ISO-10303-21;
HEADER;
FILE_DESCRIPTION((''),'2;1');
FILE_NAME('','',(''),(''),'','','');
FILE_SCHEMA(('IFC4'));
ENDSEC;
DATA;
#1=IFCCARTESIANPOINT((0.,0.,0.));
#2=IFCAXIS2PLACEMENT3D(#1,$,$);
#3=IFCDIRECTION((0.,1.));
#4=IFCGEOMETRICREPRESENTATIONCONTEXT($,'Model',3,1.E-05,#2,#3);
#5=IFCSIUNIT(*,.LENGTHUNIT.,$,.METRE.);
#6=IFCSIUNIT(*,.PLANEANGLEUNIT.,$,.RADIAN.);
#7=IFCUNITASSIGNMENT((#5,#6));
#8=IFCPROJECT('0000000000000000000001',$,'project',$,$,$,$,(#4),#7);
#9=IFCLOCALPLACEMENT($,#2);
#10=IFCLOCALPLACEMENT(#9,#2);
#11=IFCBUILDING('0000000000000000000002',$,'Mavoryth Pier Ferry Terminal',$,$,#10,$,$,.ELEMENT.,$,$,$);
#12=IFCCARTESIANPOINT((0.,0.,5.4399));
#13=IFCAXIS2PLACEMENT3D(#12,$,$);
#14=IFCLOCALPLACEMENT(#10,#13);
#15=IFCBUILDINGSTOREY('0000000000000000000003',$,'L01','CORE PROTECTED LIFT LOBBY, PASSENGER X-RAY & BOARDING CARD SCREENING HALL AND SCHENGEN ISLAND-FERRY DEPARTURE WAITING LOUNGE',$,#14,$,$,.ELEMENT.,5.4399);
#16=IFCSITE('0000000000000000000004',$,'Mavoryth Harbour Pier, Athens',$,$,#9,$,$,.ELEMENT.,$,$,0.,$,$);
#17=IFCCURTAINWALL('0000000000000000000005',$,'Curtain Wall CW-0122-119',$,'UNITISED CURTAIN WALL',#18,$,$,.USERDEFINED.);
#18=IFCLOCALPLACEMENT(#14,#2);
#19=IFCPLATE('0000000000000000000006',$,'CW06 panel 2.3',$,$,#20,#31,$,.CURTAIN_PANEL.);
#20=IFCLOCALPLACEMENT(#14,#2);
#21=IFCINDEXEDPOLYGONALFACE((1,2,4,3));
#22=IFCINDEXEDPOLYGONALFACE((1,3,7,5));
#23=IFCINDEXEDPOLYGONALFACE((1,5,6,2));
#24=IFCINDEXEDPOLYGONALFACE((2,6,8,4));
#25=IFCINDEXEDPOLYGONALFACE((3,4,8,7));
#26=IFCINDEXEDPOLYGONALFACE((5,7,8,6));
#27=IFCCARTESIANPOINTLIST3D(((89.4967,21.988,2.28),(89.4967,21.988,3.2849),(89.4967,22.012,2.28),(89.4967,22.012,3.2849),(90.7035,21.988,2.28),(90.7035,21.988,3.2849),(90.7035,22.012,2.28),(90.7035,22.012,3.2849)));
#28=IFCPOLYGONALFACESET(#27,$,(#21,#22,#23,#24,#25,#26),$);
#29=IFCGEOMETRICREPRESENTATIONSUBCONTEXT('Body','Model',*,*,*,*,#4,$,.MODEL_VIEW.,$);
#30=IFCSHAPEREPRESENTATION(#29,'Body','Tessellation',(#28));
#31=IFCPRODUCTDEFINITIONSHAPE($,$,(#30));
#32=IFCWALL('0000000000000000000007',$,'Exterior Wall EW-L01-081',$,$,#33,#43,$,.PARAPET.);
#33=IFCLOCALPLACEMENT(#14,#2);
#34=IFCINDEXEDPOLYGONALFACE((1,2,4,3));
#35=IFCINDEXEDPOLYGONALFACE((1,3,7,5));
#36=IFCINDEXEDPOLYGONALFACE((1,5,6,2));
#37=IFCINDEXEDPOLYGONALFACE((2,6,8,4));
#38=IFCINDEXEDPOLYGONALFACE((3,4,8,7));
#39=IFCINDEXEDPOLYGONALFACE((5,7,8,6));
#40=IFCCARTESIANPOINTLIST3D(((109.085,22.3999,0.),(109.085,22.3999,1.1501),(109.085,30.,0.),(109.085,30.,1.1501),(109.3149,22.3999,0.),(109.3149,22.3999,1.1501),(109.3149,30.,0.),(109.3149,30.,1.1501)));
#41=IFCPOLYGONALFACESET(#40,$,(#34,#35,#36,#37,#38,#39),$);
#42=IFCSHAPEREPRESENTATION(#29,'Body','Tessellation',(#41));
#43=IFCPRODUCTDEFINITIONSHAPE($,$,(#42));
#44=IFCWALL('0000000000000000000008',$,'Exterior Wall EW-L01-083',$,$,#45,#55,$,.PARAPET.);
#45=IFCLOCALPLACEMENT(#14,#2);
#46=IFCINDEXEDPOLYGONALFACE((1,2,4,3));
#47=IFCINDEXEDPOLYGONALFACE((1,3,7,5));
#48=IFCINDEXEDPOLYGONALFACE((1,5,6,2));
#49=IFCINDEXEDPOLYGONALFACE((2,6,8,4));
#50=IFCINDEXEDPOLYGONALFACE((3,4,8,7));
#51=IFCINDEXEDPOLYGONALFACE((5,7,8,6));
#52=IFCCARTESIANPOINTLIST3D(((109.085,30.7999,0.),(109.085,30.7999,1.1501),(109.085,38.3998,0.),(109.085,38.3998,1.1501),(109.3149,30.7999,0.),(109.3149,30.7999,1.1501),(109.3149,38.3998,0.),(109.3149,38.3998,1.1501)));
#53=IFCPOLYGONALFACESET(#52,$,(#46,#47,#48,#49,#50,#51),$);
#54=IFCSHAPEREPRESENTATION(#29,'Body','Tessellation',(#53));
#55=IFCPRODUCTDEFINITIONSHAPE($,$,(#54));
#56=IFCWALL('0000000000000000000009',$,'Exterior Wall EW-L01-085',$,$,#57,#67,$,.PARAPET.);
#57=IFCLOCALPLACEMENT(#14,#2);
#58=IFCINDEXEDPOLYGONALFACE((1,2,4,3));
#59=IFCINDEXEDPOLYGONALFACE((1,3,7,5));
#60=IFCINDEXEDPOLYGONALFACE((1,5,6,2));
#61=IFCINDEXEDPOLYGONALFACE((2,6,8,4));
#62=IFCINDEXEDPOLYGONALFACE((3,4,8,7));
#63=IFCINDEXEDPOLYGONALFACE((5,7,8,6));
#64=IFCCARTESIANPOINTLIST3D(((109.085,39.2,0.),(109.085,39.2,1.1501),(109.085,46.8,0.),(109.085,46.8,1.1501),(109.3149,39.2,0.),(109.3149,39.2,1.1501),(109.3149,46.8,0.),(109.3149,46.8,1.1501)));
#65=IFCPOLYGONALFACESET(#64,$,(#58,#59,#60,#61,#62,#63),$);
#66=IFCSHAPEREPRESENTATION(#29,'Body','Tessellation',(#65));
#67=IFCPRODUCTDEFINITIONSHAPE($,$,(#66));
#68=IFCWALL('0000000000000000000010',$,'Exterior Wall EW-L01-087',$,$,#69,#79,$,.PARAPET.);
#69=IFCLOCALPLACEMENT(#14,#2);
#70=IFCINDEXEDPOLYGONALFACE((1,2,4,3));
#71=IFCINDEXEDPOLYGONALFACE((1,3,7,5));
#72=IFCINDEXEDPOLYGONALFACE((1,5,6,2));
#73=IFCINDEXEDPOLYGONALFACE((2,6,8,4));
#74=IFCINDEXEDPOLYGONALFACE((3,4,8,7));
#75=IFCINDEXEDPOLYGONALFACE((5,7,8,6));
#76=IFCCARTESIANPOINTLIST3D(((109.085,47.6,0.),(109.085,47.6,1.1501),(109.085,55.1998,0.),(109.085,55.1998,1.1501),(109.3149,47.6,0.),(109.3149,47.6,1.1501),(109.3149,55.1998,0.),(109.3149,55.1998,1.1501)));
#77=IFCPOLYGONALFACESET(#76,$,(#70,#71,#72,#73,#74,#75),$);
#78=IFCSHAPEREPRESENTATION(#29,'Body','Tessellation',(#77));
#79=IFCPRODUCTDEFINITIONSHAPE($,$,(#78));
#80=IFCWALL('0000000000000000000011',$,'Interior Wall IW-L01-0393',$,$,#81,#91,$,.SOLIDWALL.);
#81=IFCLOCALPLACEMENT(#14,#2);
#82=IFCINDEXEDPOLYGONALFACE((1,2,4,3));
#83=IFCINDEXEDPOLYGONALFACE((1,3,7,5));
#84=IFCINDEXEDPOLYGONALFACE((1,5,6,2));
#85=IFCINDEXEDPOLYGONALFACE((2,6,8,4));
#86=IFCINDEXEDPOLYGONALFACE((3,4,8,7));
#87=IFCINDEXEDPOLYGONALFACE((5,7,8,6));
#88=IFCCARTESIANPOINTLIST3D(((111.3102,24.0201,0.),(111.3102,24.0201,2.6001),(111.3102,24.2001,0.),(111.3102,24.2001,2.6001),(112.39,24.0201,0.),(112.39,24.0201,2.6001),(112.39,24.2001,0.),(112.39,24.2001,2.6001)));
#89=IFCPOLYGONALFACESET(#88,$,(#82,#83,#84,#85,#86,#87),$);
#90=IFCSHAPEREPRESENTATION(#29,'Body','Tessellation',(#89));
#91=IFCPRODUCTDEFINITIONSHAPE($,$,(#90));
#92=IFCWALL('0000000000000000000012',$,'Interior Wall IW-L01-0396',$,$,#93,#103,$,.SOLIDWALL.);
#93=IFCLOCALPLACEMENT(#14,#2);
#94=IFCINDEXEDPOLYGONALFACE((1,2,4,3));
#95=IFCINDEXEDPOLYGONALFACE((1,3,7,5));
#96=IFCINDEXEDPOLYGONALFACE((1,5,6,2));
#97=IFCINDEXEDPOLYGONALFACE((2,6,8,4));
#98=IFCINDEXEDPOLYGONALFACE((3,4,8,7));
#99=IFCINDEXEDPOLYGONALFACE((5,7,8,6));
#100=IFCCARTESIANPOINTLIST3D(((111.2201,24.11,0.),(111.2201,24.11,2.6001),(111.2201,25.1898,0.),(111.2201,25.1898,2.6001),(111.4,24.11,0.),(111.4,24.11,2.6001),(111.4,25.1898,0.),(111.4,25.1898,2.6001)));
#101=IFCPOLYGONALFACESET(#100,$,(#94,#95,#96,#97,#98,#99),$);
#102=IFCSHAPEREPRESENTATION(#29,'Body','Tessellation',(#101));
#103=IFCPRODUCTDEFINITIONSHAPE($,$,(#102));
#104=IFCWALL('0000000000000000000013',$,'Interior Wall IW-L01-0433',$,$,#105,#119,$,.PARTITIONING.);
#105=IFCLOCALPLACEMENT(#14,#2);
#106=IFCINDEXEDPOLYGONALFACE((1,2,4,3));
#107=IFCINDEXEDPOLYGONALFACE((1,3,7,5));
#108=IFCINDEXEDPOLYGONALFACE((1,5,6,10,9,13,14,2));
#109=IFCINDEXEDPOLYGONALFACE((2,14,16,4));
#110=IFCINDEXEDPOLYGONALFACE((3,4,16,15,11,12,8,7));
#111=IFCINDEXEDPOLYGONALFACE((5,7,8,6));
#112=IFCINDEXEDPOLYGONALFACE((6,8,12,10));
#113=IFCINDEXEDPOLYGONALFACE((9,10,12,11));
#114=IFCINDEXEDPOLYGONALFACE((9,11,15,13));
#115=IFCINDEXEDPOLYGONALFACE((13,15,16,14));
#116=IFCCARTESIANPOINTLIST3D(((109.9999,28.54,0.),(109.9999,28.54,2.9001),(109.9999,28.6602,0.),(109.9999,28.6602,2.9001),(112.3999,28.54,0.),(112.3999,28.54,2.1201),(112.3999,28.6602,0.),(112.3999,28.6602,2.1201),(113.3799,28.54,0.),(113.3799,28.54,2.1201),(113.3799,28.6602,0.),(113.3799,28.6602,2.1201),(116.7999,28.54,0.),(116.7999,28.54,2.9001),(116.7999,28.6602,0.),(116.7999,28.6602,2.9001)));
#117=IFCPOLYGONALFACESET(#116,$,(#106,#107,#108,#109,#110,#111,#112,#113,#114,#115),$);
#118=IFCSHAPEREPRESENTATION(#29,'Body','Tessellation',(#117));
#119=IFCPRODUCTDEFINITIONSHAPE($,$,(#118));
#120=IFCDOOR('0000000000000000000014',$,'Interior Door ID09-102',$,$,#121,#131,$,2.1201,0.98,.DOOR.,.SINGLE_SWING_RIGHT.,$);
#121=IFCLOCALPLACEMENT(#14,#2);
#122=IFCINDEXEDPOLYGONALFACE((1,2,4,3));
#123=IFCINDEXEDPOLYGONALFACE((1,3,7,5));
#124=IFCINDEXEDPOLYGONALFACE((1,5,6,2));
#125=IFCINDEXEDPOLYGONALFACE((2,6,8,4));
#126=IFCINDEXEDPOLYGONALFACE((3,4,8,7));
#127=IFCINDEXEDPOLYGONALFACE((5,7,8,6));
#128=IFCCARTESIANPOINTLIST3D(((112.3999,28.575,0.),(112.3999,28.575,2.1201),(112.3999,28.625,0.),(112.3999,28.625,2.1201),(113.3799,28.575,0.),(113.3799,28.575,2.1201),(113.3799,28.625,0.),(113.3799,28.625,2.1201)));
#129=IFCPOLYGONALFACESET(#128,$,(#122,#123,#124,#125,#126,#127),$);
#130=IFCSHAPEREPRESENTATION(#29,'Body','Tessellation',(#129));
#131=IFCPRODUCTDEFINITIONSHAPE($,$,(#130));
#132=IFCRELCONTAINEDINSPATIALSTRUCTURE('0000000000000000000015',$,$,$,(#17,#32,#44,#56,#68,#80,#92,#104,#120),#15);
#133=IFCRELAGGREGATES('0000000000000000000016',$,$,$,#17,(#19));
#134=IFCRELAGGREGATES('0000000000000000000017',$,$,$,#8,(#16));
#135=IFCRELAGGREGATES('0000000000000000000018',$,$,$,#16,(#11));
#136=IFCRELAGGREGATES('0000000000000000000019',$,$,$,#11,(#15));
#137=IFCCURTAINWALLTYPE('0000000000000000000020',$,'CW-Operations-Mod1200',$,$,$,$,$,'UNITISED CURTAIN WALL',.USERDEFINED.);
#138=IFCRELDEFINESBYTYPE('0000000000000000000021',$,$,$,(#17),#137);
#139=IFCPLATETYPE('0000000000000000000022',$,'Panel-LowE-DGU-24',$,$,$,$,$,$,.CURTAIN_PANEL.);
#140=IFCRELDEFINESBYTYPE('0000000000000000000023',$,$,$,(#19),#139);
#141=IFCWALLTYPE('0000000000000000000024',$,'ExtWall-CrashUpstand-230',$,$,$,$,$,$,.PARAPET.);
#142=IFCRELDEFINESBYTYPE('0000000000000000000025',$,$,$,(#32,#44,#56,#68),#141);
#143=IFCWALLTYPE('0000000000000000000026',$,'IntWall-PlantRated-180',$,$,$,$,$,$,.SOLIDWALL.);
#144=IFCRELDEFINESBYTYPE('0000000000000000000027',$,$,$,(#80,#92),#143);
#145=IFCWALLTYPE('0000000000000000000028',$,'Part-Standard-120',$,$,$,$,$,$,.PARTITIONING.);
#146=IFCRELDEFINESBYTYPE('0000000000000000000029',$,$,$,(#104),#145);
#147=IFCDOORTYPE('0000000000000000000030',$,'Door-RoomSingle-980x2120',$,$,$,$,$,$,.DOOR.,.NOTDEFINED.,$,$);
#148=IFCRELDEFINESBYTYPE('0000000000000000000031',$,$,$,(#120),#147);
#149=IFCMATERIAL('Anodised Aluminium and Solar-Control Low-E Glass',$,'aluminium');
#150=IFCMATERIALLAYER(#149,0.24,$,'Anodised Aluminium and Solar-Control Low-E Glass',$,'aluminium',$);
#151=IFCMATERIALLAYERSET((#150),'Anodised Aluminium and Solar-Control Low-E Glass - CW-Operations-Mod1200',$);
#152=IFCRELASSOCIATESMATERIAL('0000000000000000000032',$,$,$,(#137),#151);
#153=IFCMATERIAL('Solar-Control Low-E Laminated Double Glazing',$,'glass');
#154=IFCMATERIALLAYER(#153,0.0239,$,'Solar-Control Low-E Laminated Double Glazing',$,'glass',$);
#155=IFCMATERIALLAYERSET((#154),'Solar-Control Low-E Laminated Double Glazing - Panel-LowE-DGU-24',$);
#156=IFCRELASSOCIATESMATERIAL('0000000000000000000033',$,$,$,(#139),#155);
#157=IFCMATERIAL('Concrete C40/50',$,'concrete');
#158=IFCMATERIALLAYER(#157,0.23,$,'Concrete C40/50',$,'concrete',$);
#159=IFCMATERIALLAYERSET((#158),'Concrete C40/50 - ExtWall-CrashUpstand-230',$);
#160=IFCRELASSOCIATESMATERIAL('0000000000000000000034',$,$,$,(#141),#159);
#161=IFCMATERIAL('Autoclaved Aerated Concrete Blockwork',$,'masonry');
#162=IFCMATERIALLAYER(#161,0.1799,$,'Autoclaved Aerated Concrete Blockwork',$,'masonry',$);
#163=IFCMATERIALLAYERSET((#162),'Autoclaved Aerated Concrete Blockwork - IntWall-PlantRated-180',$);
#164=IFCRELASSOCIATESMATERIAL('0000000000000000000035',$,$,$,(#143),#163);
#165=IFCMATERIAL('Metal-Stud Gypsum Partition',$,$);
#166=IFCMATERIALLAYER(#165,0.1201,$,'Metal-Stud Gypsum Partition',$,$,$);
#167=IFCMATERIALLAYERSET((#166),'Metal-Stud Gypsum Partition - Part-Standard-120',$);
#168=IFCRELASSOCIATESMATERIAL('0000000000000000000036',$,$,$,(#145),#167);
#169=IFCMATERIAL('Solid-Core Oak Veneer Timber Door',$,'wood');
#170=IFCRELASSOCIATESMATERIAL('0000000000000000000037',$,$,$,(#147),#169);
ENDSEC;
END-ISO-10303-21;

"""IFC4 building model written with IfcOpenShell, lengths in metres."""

from ifc_helpers import new_model, si_unit, direction, frame, frame_2d, origin, origin_2d, place, context, subcontext, project, spatial, rectangle, extrude, material, layer, layer_set, type_object, element, fill, aggregate, save


model = new_model("IFC4")

# Units and contexts
model_context = context("Model", 3, precision=1e-05, world=origin(), true_north=direction((0.0, 1.0)))
body_context = subcontext(model_context, "Body", "Model", "MODEL_VIEW")
ifc_project = project(units=[si_unit("LENGTHUNIT", "METRE"), si_unit("PLANEANGLEUNIT", "RADIAN")], contexts=[model_context])

# Site, building, storey
site_placement = place(None, origin())
site = spatial("IfcSite", under=ifc_project, at=site_placement, Name="Mavoryth Harbour Pier, Athens", CompositionType="ELEMENT", RefElevation=0.0)
building_placement = place(site_placement, origin())
building = spatial("IfcBuilding", under=site, at=building_placement, Name="Mavoryth Pier Ferry Terminal", CompositionType="ELEMENT")
storey_placement = place(building_placement, frame((0.0, 0.0, 5.4399)))
storey = spatial("IfcBuildingStorey", under=building, at=storey_placement, Name="L01", Description="CORE PROTECTED LIFT LOBBY, PASSENGER X-RAY & BOARDING CARD SCREENING HALL AND SCHENGEN ISLAND-FERRY DEPARTURE WAITING LOUNGE", CompositionType="ELEMENT", Elevation=5.4399)

# Shared definitions
ifc_material_1 = material(Name="Concrete C40/50", Category="concrete")

# Curtain wall
ifc_material_2 = material(Name="Anodised Aluminium and Solar-Control Low-E Glass", Category="aluminium")
ifc_layer_1 = layer(ifc_material_2, 0.24, Name="Anodised Aluminium and Solar-Control Low-E Glass", Category="aluminium")
ifc_layer_set_1 = layer_set([ifc_layer_1], Name="Anodised Aluminium and Solar-Control Low-E Glass - CW-Operations-Mod1200")
curtain_wall_type = type_object("IfcCurtainWallType", Name="CW-Operations-Mod1200", ElementType="UNITISED CURTAIN WALL", PredefinedType="USERDEFINED", material=ifc_layer_set_1)
curtain_wall_placement = place(storey_placement, origin())
curtain_wall = element("IfcCurtainWall", 1, at=curtain_wall_placement, inside=storey, type_object=curtain_wall_type, Name="Curtain Wall CW-0122-119", ObjectType="UNITISED CURTAIN WALL", PredefinedType="USERDEFINED")

# Plate
ifc_material_3 = material(Name="Solar-Control Low-E Laminated Double Glazing", Category="glass")
ifc_layer_2 = layer(ifc_material_3, 0.0239, Name="Solar-Control Low-E Laminated Double Glazing", Category="glass")
ifc_layer_set_2 = layer_set([ifc_layer_2], Name="Solar-Control Low-E Laminated Double Glazing - Panel-LowE-DGU-24")
plate_type = type_object("IfcPlateType", Name="Panel-LowE-DGU-24", PredefinedType="CURTAIN_PANEL", material=ifc_layer_set_2)
plate_1_placement = place(storey_placement, frame((90.1001, 22.0, 2.28), z_axis=(0.0, 0.0, 1.0), x_axis=(-1.0, 0.0, 0.0)))
plate_1 = element("IfcPlate", 2, at=plate_1_placement, type_object=plate_type, Name="CW06 panel 2.3", PredefinedType="CURTAIN_PANEL", context=body_context, shape_type="SweptSolid", body=[
    extrude(rectangle(XDim=1.2068, YDim=0.0239, at=origin_2d()), origin(), (0.0, 0.0, 1.0), 1.0049),
])
aggregate(curtain_wall, [plate_1])

# Walls
ifc_layer_3 = layer(ifc_material_1, 0.23, Name="Concrete C40/50", Category="concrete")
ifc_layer_set_3 = layer_set([ifc_layer_3], Name="Concrete C40/50 - ExtWall-CrashUpstand-230")
wall_type_1 = type_object("IfcWallType", Name="ExtWall-CrashUpstand-230", PredefinedType="PARAPET", material=ifc_layer_set_3)
wall_1_placement = place(storey_placement, frame((109.2, 22.3999, 0.0), z_axis=(0.0, 0.0, 1.0), x_axis=(0.0, 1.0, 0.0)))
element("IfcWall", 3, at=wall_1_placement, inside=storey, type_object=wall_type_1, Name="Exterior Wall EW-L01-081", PredefinedType="PARAPET", context=body_context, shape_type="SweptSolid", body=[
    extrude(rectangle(XDim=7.6001, YDim=0.23, at=frame_2d((3.8, 0.0))), origin(), (0.0, 0.0, 1.0), 1.1501),
])
wall_2_placement = place(storey_placement, frame((109.2, 30.8, 0.0), z_axis=(0.0, 0.0, 1.0), x_axis=(0.0, 1.0, 0.0)))
element("IfcWall", 4, at=wall_2_placement, inside=storey, type_object=wall_type_1, Name="Exterior Wall EW-L01-083", PredefinedType="PARAPET", context=body_context, shape_type="SweptSolid", body=[
    extrude(rectangle(XDim=7.5999, YDim=0.23, at=frame_2d((3.7998, 0.0))), origin(), (0.0, 0.0, 1.0), 1.1501),
])
wall_3_placement = place(storey_placement, frame((109.2, 39.2, 0.0), z_axis=(0.0, 0.0, 1.0), x_axis=(0.0, 1.0, 0.0)))
element("IfcWall", 5, at=wall_3_placement, inside=storey, type_object=wall_type_1, Name="Exterior Wall EW-L01-085", PredefinedType="PARAPET", context=body_context, shape_type="SweptSolid", body=[
    extrude(rectangle(XDim=7.6001, YDim=0.23, at=frame_2d((3.8, 0.0))), origin(), (0.0, 0.0, 1.0), 1.1501),
])
wall_4_placement = place(storey_placement, frame((109.2, 47.6001, 0.0), z_axis=(0.0, 0.0, 1.0), x_axis=(0.0, 1.0, 0.0)))
element("IfcWall", 6, at=wall_4_placement, inside=storey, type_object=wall_type_1, Name="Exterior Wall EW-L01-087", PredefinedType="PARAPET", context=body_context, shape_type="SweptSolid", body=[
    extrude(rectangle(XDim=7.5999, YDim=0.23, at=frame_2d((3.7998, 0.0))), origin(), (0.0, 0.0, 1.0), 1.1501),
])
ifc_material_4 = material(Name="Autoclaved Aerated Concrete Blockwork", Category="masonry")
ifc_layer_4 = layer(ifc_material_4, 0.1799, Name="Autoclaved Aerated Concrete Blockwork", Category="masonry")
ifc_layer_set_4 = layer_set([ifc_layer_4], Name="Autoclaved Aerated Concrete Blockwork - IntWall-PlantRated-180")
wall_type_2 = type_object("IfcWallType", Name="IntWall-PlantRated-180", PredefinedType="SOLIDWALL", material=ifc_layer_set_4)
for number, where, z_axis, x_axis, name in (
    (7, (111.3101, 24.1101, 0.0), (0.0, 0.0, 1.0), (1.0, 0.0, 0.0), "Interior Wall IW-L01-0393"),
    (8, (111.3101, 25.1899, 0.0), (0.0, 0.0, 1.0), (0.0, -1.0, 0.0), "Interior Wall IW-L01-0396"),
):
    element("IfcWall", number, at=place(storey_placement, frame(where, z_axis=z_axis, x_axis=x_axis)), inside=storey, type_object=wall_type_2, Name=name, PredefinedType="SOLIDWALL", context=body_context, shape_type="SweptSolid", body=[
        extrude(rectangle(XDim=1.0798, YDim=0.1799, at=frame_2d((0.54, 0.0))), origin(), (0.0, 0.0, 1.0), 2.6001),
    ])

# Wall, opening, door
ifc_material_5 = material(Name="Metal-Stud Gypsum Partition")
ifc_layer_5 = layer(ifc_material_5, 0.1201, Name="Metal-Stud Gypsum Partition")
ifc_layer_set_5 = layer_set([ifc_layer_5], Name="Metal-Stud Gypsum Partition - Part-Standard-120")
wall_type_3 = type_object("IfcWallType", Name="Part-Standard-120", PredefinedType="PARTITIONING", material=ifc_layer_set_5)
wall_5_placement = place(storey_placement, frame((110.0, 28.6001, 0.0), z_axis=(0.0, 0.0, 1.0), x_axis=(1.0, 0.0, 0.0)))
wall_5 = element("IfcWall", 9, at=wall_5_placement, inside=storey, type_object=wall_type_3, Name="Interior Wall IW-L01-0433", PredefinedType="PARTITIONING", context=body_context, shape_type="SweptSolid", body=[
    extrude(rectangle(XDim=6.8, YDim=0.1201, at=frame_2d((3.3999, 0.0))), origin(), (0.0, 0.0, 1.0), 2.9001),
])
opening_placement = place(wall_5_placement, frame((2.3999, 0.0, 0.0)))
opening = element("IfcOpeningElement", 10, at=opening_placement, cuts=wall_5, PredefinedType="OPENING", context=body_context, shape_type="SweptSolid", body=[
    extrude(rectangle(XDim=0.98, YDim=2.1201, at=frame_2d((0.49, 1.0601))), frame((0.0, 0.0701, 0.0), z_axis=(0.0, -1.0, 0.0), x_axis=(1.0, 0.0, 0.0)), (0.0, 0.0, 1.0), 0.1401),
])
ifc_material_6 = material(Name="Solid-Core Oak Veneer Timber Door", Category="wood")
door_type = type_object("IfcDoorType", Name="Door-RoomSingle-980x2120", OperationType="NOTDEFINED", PredefinedType="DOOR", material=ifc_material_6)
door_placement = place(opening_placement, origin())
door = element("IfcDoor", 11, at=door_placement, inside=storey, type_object=door_type, Name="Interior Door ID09-102", OperationType="SINGLE_SWING_RIGHT", OverallHeight=2.1201, OverallWidth=0.98, PredefinedType="DOOR", context=body_context, shape_type="SweptSolid", body=[
    extrude(rectangle(XDim=0.98, YDim=2.1201, at=frame_2d((0.49, 1.0601))), frame((0.0, 0.0249, 0.0), z_axis=(0.0, -1.0, 0.0), x_axis=(1.0, 0.0, 0.0)), (0.0, 0.0, 1.0), 0.05),
])
fill(opening, door)

save(model, "model.ifc")
